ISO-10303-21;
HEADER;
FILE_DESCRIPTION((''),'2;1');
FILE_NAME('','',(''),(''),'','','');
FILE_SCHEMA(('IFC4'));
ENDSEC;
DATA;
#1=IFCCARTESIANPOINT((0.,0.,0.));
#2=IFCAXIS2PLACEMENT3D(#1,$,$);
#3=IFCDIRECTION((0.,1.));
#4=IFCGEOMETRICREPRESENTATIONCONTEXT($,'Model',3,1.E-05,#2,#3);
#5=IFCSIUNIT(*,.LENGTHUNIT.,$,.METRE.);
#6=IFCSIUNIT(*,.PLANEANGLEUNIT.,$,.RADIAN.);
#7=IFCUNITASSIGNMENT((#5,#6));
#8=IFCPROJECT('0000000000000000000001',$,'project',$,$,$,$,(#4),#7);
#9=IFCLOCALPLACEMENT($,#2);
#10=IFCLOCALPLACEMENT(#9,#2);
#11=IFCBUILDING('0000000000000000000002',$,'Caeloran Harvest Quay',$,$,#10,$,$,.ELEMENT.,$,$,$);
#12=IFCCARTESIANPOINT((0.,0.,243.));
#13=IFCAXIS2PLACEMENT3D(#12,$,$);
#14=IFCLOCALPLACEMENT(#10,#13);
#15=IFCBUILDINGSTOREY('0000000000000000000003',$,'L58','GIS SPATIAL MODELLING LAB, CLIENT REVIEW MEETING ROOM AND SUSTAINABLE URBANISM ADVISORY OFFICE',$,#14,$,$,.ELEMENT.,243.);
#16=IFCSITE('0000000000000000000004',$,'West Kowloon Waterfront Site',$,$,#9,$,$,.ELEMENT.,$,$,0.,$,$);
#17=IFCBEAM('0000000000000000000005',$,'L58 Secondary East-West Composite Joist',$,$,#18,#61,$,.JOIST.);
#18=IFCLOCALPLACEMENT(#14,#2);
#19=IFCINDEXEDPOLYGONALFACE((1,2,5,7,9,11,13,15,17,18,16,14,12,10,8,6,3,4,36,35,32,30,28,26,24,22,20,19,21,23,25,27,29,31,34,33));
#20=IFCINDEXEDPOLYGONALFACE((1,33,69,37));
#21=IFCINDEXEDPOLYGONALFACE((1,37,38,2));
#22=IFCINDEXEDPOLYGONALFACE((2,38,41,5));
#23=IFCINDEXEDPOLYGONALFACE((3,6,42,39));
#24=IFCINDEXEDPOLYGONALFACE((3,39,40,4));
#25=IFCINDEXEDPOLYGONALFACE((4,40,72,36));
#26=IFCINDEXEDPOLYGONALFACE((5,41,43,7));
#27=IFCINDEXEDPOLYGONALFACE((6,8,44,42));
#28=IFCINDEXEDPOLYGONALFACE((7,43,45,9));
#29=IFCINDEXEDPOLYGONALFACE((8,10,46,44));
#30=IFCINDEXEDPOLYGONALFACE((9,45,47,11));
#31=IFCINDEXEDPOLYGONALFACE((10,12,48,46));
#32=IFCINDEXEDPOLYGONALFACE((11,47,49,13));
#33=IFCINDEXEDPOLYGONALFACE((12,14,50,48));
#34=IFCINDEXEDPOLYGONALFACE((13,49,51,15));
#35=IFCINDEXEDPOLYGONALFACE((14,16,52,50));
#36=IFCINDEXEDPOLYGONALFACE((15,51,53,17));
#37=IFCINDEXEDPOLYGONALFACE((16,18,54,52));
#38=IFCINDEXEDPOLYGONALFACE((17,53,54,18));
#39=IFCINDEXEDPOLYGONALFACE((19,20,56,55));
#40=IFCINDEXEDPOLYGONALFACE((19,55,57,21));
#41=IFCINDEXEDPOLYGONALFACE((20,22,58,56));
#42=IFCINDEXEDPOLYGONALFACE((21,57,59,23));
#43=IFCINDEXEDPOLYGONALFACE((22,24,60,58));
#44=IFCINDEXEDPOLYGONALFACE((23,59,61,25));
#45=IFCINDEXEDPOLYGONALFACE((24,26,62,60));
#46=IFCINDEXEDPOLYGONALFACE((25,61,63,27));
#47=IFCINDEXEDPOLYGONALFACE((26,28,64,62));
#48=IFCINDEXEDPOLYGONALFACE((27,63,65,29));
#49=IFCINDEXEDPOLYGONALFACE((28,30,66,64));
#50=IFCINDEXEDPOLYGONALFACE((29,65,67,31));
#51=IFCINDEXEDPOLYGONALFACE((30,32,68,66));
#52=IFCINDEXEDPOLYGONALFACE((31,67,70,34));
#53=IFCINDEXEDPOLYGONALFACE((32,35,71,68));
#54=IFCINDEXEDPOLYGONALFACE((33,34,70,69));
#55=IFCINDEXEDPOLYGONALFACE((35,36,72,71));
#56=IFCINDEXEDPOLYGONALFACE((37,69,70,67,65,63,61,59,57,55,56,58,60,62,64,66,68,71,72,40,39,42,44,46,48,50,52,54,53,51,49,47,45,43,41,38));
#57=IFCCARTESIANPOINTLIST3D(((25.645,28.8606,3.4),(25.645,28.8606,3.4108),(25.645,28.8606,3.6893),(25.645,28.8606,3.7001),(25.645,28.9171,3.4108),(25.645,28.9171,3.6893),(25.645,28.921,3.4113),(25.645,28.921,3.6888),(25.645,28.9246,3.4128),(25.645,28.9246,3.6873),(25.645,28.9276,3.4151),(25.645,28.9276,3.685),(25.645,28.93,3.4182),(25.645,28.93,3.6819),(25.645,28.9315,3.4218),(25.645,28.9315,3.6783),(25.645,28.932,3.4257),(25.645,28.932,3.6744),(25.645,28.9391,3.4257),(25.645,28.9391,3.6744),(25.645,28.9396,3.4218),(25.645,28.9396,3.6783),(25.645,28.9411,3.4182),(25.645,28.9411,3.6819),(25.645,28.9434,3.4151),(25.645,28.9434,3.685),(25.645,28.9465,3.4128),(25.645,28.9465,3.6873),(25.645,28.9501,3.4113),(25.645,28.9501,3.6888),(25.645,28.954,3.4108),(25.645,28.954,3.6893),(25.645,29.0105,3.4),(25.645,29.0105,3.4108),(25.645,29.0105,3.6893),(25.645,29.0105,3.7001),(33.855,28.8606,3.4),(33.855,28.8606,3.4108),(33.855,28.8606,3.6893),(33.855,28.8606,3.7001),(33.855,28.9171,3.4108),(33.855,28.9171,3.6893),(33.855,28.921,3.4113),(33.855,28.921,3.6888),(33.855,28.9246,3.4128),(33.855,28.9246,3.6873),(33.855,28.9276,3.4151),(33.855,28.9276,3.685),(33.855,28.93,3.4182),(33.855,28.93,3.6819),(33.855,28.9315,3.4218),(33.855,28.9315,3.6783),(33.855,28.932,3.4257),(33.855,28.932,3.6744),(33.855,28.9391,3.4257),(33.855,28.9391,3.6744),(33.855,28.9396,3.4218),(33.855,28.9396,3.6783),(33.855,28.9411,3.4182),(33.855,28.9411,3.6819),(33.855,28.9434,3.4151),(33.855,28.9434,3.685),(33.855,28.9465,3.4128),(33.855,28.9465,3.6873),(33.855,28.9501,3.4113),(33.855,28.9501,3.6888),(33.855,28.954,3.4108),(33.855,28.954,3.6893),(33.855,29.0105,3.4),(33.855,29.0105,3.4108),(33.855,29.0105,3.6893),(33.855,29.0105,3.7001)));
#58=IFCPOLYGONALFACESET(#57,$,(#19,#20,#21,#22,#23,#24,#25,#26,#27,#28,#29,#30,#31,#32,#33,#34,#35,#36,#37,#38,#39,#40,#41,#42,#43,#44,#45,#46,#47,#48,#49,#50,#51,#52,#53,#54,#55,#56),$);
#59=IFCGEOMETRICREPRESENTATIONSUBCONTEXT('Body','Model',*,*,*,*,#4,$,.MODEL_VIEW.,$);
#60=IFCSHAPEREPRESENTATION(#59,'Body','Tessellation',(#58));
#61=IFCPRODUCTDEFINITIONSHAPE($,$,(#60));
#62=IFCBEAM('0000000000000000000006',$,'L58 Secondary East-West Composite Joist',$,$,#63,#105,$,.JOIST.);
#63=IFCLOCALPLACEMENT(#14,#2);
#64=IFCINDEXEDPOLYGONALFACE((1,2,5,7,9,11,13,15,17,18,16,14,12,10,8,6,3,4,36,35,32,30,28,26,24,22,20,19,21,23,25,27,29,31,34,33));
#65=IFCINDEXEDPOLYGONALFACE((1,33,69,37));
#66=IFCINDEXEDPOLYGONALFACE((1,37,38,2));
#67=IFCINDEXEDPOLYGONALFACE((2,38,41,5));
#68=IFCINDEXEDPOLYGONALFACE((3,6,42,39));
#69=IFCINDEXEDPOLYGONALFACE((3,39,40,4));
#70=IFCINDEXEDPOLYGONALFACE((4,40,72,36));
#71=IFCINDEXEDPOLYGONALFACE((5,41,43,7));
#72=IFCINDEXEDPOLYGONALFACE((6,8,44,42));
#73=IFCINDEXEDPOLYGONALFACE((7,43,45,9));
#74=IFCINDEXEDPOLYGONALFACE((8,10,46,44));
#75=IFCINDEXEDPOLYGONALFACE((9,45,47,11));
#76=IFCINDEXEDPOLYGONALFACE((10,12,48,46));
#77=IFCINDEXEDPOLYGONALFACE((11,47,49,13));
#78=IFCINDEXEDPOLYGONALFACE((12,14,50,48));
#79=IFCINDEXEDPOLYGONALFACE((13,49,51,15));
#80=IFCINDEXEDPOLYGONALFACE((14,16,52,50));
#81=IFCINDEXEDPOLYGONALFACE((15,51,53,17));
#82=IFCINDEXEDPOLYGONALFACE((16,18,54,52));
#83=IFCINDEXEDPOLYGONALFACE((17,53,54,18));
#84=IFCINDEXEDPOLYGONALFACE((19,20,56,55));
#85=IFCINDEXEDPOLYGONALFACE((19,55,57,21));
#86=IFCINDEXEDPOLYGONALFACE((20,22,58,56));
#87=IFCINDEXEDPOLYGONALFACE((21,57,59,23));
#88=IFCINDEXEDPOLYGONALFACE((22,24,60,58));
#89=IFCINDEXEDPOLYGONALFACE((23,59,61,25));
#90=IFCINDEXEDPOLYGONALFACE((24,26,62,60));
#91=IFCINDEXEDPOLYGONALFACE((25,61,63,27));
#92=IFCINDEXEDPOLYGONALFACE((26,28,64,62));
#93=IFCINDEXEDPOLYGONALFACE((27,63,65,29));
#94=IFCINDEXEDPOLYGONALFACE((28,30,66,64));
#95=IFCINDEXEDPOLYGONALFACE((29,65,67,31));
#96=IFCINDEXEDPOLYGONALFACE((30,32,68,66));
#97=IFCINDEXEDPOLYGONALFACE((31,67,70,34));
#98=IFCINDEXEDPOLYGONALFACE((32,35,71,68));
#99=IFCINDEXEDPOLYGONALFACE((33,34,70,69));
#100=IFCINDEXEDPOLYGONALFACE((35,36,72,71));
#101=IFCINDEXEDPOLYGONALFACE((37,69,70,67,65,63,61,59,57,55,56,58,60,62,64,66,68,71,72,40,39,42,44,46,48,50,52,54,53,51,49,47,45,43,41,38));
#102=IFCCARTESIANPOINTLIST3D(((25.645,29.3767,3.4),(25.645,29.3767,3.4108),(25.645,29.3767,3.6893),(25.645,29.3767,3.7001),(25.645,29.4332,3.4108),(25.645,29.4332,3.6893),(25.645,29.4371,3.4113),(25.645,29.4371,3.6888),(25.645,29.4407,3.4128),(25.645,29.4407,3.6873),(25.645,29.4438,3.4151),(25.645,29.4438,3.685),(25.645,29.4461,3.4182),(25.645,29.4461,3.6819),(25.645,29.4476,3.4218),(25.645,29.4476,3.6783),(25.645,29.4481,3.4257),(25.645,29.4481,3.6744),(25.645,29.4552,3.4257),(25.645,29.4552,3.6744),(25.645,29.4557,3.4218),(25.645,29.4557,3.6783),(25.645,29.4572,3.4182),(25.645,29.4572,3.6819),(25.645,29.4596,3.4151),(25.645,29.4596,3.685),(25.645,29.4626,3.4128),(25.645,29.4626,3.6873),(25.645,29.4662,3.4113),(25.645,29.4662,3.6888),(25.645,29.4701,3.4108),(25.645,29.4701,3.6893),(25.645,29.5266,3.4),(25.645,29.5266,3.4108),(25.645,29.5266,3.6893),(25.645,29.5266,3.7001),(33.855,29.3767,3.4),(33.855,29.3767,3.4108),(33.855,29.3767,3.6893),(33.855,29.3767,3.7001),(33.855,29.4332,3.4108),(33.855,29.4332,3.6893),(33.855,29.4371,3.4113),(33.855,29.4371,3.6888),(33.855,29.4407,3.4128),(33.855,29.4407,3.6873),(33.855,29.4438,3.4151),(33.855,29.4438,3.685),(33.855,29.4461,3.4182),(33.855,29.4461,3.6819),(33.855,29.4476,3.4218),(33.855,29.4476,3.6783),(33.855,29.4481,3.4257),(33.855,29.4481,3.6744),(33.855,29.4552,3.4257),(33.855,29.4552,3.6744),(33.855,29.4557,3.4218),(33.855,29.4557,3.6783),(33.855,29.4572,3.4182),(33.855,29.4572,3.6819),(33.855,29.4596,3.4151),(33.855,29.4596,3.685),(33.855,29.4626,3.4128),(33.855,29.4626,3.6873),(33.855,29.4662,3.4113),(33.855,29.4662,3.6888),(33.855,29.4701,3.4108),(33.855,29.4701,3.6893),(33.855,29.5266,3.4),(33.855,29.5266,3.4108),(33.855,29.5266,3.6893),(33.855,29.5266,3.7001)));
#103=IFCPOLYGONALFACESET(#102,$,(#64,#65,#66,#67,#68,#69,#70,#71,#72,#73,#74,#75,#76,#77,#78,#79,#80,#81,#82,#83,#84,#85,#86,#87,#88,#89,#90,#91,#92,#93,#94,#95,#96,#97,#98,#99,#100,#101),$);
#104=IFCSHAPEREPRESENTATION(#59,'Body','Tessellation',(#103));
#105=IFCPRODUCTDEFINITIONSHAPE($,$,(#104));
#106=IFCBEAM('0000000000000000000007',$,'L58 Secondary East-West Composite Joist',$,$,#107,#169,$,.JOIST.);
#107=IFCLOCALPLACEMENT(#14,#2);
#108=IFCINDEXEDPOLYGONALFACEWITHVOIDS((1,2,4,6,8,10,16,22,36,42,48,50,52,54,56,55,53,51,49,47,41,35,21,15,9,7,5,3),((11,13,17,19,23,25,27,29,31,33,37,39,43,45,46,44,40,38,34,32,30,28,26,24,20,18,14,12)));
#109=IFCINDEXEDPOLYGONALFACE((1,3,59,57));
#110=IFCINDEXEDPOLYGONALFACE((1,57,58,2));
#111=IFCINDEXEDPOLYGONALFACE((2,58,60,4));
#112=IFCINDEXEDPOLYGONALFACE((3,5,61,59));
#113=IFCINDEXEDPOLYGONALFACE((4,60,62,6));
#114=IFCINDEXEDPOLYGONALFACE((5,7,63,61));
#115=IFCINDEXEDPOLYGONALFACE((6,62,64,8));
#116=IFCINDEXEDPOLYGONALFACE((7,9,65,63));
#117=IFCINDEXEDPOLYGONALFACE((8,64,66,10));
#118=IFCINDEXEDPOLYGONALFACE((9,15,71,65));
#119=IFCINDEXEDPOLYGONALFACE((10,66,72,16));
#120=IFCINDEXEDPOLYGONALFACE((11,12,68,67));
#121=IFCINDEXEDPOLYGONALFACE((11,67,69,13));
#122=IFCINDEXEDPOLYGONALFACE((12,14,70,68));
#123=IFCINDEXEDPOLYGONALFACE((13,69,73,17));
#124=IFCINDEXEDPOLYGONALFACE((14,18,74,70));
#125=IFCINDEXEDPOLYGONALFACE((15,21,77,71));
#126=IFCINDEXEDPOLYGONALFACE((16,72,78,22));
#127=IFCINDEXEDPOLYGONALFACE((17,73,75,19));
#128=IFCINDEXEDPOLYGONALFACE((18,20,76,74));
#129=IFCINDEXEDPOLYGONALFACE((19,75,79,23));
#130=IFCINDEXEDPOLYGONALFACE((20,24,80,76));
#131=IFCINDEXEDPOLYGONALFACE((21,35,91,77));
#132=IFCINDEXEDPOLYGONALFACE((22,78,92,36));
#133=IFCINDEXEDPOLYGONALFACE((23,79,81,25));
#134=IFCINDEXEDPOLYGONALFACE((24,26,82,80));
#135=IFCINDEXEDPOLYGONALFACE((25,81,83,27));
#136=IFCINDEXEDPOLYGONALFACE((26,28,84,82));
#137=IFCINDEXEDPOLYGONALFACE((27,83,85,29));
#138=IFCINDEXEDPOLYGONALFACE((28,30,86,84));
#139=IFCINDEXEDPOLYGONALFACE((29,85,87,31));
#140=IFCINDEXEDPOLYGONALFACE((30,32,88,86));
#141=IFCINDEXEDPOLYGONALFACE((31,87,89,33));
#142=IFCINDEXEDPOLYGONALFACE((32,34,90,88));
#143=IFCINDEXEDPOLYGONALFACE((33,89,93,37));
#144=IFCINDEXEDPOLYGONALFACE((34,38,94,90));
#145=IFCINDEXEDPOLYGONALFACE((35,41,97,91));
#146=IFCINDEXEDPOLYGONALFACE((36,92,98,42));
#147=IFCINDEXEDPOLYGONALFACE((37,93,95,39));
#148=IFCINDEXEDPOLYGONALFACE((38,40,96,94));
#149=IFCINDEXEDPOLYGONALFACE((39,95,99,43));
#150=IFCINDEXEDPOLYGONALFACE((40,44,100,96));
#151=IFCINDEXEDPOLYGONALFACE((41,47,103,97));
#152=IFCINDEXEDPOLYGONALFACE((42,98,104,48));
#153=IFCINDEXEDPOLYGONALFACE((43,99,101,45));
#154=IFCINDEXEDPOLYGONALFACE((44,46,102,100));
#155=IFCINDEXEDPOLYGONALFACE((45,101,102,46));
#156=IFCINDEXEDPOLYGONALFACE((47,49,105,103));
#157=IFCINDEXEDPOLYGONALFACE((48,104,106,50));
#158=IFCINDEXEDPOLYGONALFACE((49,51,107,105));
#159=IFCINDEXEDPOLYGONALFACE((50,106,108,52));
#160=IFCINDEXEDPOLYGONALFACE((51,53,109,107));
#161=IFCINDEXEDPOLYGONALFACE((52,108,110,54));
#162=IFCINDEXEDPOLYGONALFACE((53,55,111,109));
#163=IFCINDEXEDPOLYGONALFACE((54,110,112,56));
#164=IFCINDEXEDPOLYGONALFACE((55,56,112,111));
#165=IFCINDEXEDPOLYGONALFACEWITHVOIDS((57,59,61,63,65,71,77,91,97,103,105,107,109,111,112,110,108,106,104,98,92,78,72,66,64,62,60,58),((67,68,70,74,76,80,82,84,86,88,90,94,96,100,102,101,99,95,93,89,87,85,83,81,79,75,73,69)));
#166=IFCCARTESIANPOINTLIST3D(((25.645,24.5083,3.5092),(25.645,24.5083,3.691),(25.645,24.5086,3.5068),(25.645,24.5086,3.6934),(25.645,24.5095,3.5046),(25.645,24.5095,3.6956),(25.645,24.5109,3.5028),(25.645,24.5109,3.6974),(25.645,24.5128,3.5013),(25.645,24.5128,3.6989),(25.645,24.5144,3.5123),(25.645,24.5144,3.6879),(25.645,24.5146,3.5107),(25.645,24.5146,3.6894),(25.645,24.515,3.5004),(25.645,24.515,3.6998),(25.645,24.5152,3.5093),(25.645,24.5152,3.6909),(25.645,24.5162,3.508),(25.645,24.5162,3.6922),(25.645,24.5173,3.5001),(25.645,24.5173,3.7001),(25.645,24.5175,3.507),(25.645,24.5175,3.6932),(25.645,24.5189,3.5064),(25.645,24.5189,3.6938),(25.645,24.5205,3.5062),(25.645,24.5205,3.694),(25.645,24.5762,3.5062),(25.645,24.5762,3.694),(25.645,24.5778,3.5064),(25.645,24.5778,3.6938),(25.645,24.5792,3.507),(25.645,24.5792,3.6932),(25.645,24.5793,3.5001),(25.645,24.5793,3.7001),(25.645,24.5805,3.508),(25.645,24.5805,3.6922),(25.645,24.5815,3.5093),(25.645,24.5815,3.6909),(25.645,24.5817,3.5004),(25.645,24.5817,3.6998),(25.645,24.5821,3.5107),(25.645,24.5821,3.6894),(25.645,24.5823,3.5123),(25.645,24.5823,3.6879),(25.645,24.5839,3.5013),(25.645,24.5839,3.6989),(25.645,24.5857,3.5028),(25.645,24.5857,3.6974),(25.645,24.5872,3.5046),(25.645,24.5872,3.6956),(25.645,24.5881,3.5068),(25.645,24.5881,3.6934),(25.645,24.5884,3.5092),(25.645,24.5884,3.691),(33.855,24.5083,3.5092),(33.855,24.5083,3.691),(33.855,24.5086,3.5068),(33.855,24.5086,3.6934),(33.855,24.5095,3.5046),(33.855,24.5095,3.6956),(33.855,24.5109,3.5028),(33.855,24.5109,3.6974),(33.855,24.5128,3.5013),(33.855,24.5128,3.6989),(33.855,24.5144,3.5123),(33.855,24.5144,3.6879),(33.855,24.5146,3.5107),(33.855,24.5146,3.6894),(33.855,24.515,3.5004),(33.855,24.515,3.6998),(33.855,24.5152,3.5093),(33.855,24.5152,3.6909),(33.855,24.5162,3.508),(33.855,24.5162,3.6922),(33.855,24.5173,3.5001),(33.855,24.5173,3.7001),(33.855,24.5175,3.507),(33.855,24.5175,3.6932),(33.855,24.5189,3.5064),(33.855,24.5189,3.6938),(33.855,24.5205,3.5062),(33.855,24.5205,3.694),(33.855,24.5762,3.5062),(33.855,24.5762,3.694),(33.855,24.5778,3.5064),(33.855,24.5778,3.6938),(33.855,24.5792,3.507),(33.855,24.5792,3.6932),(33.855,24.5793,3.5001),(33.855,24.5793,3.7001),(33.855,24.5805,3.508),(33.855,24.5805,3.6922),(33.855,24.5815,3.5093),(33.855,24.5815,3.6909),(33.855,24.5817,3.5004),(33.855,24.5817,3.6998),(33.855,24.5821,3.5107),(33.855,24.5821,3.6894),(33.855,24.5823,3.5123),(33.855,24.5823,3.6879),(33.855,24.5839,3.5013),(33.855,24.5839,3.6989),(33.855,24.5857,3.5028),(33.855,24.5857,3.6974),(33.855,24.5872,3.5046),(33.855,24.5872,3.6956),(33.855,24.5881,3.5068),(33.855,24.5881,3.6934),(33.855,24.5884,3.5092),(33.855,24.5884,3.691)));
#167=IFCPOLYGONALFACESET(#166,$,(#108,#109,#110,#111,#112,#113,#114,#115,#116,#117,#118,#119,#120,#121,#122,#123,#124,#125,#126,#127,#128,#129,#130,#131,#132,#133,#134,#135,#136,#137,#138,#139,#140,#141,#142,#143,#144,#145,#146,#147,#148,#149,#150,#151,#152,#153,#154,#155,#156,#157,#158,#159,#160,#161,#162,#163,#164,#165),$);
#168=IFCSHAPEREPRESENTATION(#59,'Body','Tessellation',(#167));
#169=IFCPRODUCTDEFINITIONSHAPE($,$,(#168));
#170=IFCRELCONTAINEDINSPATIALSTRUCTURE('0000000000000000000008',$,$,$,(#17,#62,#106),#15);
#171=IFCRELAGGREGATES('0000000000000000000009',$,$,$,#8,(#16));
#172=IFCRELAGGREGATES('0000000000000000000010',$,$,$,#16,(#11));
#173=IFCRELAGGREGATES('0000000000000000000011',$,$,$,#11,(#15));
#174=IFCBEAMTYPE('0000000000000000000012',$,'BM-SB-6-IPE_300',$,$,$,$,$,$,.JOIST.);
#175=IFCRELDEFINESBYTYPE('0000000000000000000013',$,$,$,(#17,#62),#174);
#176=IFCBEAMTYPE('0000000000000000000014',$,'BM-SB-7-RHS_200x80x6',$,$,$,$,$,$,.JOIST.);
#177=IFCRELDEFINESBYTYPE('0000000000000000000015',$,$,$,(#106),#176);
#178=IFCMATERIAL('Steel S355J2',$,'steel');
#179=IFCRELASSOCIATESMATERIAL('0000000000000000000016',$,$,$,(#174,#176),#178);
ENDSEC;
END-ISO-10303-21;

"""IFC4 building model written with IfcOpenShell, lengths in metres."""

from ifc_helpers import new_model, si_unit, direction, frame, origin, origin_2d, place, context, subcontext, project, spatial, hollow_rectangle, i_section, extrude, material, material_profile, profile_set, type_object, element, save


model = new_model("IFC4")

# Units and contexts
model_context = context("Model", 3, precision=1e-05, world=origin(), true_north=direction((0.0, 1.0)))
body_context = subcontext(model_context, "Body", "Model", "MODEL_VIEW")
ifc_project = project(units=[si_unit("LENGTHUNIT", "METRE"), si_unit("PLANEANGLEUNIT", "RADIAN")], contexts=[model_context])

# Site, building, storey
site_placement = place(None, origin())
site = spatial("IfcSite", under=ifc_project, at=site_placement, Name="West Kowloon Waterfront Site", CompositionType="ELEMENT", RefElevation=0.0)
building_placement = place(site_placement, origin())
building = spatial("IfcBuilding", under=site, at=building_placement, Name="Caeloran Harvest Quay", CompositionType="ELEMENT")
storey_placement = place(building_placement, frame((0.0, 0.0, 243.0)))
storey = spatial("IfcBuildingStorey", under=building, at=storey_placement, Name="L58", Description="GIS SPATIAL MODELLING LAB, CLIENT REVIEW MEETING ROOM AND SUSTAINABLE URBANISM ADVISORY OFFICE", CompositionType="ELEMENT", Elevation=243.0)

# Beams
ifc_material = material(Name="Steel S355J2", Category="steel")
ifc_material_profile_1 = material_profile(ifc_material, i_section(OverallWidth=0.1499, OverallDepth=0.3, WebThickness=0.0071, FlangeThickness=0.0107, FilletRadius=0.0149, at=origin_2d()), Name="IPE 300")
ifc_profile_set_1 = profile_set([ifc_material_profile_1], Name="Steel S355J2")
beam_type_1 = type_object("IfcBeamType", Name="BM-SB-6-IPE_300", PredefinedType="JOIST", material=ifc_profile_set_1)
for number, where, z_axis, x_axis, name in (
    (1, (25.645, 28.9355, 3.55), (1.0, 0.0, 0.0), (0.0, 1.0, 0.0), "L58 Secondary East-West Composite Joist"),
    (2, (25.645, 29.4517, 3.55), (1.0, 0.0, 0.0), (0.0, 1.0, 0.0), "L58 Secondary East-West Composite Joist"),
):
    element("IfcBeam", number, at=place(storey_placement, frame(where, z_axis=z_axis, x_axis=x_axis)), inside=storey, type_object=beam_type_1, Name=name, PredefinedType="JOIST", context=body_context, shape_type="SweptSolid", body=[
        extrude(i_section(OverallWidth=0.1499, OverallDepth=0.3, WebThickness=0.0071, FlangeThickness=0.0107, FilletRadius=0.0149, at=origin_2d()), origin(), (0.0, 0.0, 1.0), 8.21),
    ])
ifc_material_profile_2 = material_profile(ifc_material, hollow_rectangle(XDim=0.0801, YDim=0.2, WallThickness=0.0061, InnerFilletRadius=0.0061, OuterFilletRadius=0.009, at=origin_2d()), Name="RHS 200x80x6")
ifc_profile_set_2 = profile_set([ifc_material_profile_2], Name="Steel S355J2")
beam_type_2 = type_object("IfcBeamType", Name="BM-SB-7-RHS_200x80x6", PredefinedType="JOIST", material=ifc_profile_set_2)
for number, where, z_axis, x_axis, name in (
    (3, (25.645, 24.5483, 3.6001), (1.0, 0.0, 0.0), (0.0, 1.0, 0.0), "L58 Secondary East-West Composite Joist"),
):
    element("IfcBeam", number, at=place(storey_placement, frame(where, z_axis=z_axis, x_axis=x_axis)), inside=storey, type_object=beam_type_2, Name=name, PredefinedType="JOIST", context=body_context, shape_type="SweptSolid", body=[
        extrude(hollow_rectangle(XDim=0.0801, YDim=0.2, WallThickness=0.0061, InnerFilletRadius=0.0061, OuterFilletRadius=0.009, at=origin_2d()), origin(), (0.0, 0.0, 1.0), 8.21),
    ])

save(model, "model.ifc")
